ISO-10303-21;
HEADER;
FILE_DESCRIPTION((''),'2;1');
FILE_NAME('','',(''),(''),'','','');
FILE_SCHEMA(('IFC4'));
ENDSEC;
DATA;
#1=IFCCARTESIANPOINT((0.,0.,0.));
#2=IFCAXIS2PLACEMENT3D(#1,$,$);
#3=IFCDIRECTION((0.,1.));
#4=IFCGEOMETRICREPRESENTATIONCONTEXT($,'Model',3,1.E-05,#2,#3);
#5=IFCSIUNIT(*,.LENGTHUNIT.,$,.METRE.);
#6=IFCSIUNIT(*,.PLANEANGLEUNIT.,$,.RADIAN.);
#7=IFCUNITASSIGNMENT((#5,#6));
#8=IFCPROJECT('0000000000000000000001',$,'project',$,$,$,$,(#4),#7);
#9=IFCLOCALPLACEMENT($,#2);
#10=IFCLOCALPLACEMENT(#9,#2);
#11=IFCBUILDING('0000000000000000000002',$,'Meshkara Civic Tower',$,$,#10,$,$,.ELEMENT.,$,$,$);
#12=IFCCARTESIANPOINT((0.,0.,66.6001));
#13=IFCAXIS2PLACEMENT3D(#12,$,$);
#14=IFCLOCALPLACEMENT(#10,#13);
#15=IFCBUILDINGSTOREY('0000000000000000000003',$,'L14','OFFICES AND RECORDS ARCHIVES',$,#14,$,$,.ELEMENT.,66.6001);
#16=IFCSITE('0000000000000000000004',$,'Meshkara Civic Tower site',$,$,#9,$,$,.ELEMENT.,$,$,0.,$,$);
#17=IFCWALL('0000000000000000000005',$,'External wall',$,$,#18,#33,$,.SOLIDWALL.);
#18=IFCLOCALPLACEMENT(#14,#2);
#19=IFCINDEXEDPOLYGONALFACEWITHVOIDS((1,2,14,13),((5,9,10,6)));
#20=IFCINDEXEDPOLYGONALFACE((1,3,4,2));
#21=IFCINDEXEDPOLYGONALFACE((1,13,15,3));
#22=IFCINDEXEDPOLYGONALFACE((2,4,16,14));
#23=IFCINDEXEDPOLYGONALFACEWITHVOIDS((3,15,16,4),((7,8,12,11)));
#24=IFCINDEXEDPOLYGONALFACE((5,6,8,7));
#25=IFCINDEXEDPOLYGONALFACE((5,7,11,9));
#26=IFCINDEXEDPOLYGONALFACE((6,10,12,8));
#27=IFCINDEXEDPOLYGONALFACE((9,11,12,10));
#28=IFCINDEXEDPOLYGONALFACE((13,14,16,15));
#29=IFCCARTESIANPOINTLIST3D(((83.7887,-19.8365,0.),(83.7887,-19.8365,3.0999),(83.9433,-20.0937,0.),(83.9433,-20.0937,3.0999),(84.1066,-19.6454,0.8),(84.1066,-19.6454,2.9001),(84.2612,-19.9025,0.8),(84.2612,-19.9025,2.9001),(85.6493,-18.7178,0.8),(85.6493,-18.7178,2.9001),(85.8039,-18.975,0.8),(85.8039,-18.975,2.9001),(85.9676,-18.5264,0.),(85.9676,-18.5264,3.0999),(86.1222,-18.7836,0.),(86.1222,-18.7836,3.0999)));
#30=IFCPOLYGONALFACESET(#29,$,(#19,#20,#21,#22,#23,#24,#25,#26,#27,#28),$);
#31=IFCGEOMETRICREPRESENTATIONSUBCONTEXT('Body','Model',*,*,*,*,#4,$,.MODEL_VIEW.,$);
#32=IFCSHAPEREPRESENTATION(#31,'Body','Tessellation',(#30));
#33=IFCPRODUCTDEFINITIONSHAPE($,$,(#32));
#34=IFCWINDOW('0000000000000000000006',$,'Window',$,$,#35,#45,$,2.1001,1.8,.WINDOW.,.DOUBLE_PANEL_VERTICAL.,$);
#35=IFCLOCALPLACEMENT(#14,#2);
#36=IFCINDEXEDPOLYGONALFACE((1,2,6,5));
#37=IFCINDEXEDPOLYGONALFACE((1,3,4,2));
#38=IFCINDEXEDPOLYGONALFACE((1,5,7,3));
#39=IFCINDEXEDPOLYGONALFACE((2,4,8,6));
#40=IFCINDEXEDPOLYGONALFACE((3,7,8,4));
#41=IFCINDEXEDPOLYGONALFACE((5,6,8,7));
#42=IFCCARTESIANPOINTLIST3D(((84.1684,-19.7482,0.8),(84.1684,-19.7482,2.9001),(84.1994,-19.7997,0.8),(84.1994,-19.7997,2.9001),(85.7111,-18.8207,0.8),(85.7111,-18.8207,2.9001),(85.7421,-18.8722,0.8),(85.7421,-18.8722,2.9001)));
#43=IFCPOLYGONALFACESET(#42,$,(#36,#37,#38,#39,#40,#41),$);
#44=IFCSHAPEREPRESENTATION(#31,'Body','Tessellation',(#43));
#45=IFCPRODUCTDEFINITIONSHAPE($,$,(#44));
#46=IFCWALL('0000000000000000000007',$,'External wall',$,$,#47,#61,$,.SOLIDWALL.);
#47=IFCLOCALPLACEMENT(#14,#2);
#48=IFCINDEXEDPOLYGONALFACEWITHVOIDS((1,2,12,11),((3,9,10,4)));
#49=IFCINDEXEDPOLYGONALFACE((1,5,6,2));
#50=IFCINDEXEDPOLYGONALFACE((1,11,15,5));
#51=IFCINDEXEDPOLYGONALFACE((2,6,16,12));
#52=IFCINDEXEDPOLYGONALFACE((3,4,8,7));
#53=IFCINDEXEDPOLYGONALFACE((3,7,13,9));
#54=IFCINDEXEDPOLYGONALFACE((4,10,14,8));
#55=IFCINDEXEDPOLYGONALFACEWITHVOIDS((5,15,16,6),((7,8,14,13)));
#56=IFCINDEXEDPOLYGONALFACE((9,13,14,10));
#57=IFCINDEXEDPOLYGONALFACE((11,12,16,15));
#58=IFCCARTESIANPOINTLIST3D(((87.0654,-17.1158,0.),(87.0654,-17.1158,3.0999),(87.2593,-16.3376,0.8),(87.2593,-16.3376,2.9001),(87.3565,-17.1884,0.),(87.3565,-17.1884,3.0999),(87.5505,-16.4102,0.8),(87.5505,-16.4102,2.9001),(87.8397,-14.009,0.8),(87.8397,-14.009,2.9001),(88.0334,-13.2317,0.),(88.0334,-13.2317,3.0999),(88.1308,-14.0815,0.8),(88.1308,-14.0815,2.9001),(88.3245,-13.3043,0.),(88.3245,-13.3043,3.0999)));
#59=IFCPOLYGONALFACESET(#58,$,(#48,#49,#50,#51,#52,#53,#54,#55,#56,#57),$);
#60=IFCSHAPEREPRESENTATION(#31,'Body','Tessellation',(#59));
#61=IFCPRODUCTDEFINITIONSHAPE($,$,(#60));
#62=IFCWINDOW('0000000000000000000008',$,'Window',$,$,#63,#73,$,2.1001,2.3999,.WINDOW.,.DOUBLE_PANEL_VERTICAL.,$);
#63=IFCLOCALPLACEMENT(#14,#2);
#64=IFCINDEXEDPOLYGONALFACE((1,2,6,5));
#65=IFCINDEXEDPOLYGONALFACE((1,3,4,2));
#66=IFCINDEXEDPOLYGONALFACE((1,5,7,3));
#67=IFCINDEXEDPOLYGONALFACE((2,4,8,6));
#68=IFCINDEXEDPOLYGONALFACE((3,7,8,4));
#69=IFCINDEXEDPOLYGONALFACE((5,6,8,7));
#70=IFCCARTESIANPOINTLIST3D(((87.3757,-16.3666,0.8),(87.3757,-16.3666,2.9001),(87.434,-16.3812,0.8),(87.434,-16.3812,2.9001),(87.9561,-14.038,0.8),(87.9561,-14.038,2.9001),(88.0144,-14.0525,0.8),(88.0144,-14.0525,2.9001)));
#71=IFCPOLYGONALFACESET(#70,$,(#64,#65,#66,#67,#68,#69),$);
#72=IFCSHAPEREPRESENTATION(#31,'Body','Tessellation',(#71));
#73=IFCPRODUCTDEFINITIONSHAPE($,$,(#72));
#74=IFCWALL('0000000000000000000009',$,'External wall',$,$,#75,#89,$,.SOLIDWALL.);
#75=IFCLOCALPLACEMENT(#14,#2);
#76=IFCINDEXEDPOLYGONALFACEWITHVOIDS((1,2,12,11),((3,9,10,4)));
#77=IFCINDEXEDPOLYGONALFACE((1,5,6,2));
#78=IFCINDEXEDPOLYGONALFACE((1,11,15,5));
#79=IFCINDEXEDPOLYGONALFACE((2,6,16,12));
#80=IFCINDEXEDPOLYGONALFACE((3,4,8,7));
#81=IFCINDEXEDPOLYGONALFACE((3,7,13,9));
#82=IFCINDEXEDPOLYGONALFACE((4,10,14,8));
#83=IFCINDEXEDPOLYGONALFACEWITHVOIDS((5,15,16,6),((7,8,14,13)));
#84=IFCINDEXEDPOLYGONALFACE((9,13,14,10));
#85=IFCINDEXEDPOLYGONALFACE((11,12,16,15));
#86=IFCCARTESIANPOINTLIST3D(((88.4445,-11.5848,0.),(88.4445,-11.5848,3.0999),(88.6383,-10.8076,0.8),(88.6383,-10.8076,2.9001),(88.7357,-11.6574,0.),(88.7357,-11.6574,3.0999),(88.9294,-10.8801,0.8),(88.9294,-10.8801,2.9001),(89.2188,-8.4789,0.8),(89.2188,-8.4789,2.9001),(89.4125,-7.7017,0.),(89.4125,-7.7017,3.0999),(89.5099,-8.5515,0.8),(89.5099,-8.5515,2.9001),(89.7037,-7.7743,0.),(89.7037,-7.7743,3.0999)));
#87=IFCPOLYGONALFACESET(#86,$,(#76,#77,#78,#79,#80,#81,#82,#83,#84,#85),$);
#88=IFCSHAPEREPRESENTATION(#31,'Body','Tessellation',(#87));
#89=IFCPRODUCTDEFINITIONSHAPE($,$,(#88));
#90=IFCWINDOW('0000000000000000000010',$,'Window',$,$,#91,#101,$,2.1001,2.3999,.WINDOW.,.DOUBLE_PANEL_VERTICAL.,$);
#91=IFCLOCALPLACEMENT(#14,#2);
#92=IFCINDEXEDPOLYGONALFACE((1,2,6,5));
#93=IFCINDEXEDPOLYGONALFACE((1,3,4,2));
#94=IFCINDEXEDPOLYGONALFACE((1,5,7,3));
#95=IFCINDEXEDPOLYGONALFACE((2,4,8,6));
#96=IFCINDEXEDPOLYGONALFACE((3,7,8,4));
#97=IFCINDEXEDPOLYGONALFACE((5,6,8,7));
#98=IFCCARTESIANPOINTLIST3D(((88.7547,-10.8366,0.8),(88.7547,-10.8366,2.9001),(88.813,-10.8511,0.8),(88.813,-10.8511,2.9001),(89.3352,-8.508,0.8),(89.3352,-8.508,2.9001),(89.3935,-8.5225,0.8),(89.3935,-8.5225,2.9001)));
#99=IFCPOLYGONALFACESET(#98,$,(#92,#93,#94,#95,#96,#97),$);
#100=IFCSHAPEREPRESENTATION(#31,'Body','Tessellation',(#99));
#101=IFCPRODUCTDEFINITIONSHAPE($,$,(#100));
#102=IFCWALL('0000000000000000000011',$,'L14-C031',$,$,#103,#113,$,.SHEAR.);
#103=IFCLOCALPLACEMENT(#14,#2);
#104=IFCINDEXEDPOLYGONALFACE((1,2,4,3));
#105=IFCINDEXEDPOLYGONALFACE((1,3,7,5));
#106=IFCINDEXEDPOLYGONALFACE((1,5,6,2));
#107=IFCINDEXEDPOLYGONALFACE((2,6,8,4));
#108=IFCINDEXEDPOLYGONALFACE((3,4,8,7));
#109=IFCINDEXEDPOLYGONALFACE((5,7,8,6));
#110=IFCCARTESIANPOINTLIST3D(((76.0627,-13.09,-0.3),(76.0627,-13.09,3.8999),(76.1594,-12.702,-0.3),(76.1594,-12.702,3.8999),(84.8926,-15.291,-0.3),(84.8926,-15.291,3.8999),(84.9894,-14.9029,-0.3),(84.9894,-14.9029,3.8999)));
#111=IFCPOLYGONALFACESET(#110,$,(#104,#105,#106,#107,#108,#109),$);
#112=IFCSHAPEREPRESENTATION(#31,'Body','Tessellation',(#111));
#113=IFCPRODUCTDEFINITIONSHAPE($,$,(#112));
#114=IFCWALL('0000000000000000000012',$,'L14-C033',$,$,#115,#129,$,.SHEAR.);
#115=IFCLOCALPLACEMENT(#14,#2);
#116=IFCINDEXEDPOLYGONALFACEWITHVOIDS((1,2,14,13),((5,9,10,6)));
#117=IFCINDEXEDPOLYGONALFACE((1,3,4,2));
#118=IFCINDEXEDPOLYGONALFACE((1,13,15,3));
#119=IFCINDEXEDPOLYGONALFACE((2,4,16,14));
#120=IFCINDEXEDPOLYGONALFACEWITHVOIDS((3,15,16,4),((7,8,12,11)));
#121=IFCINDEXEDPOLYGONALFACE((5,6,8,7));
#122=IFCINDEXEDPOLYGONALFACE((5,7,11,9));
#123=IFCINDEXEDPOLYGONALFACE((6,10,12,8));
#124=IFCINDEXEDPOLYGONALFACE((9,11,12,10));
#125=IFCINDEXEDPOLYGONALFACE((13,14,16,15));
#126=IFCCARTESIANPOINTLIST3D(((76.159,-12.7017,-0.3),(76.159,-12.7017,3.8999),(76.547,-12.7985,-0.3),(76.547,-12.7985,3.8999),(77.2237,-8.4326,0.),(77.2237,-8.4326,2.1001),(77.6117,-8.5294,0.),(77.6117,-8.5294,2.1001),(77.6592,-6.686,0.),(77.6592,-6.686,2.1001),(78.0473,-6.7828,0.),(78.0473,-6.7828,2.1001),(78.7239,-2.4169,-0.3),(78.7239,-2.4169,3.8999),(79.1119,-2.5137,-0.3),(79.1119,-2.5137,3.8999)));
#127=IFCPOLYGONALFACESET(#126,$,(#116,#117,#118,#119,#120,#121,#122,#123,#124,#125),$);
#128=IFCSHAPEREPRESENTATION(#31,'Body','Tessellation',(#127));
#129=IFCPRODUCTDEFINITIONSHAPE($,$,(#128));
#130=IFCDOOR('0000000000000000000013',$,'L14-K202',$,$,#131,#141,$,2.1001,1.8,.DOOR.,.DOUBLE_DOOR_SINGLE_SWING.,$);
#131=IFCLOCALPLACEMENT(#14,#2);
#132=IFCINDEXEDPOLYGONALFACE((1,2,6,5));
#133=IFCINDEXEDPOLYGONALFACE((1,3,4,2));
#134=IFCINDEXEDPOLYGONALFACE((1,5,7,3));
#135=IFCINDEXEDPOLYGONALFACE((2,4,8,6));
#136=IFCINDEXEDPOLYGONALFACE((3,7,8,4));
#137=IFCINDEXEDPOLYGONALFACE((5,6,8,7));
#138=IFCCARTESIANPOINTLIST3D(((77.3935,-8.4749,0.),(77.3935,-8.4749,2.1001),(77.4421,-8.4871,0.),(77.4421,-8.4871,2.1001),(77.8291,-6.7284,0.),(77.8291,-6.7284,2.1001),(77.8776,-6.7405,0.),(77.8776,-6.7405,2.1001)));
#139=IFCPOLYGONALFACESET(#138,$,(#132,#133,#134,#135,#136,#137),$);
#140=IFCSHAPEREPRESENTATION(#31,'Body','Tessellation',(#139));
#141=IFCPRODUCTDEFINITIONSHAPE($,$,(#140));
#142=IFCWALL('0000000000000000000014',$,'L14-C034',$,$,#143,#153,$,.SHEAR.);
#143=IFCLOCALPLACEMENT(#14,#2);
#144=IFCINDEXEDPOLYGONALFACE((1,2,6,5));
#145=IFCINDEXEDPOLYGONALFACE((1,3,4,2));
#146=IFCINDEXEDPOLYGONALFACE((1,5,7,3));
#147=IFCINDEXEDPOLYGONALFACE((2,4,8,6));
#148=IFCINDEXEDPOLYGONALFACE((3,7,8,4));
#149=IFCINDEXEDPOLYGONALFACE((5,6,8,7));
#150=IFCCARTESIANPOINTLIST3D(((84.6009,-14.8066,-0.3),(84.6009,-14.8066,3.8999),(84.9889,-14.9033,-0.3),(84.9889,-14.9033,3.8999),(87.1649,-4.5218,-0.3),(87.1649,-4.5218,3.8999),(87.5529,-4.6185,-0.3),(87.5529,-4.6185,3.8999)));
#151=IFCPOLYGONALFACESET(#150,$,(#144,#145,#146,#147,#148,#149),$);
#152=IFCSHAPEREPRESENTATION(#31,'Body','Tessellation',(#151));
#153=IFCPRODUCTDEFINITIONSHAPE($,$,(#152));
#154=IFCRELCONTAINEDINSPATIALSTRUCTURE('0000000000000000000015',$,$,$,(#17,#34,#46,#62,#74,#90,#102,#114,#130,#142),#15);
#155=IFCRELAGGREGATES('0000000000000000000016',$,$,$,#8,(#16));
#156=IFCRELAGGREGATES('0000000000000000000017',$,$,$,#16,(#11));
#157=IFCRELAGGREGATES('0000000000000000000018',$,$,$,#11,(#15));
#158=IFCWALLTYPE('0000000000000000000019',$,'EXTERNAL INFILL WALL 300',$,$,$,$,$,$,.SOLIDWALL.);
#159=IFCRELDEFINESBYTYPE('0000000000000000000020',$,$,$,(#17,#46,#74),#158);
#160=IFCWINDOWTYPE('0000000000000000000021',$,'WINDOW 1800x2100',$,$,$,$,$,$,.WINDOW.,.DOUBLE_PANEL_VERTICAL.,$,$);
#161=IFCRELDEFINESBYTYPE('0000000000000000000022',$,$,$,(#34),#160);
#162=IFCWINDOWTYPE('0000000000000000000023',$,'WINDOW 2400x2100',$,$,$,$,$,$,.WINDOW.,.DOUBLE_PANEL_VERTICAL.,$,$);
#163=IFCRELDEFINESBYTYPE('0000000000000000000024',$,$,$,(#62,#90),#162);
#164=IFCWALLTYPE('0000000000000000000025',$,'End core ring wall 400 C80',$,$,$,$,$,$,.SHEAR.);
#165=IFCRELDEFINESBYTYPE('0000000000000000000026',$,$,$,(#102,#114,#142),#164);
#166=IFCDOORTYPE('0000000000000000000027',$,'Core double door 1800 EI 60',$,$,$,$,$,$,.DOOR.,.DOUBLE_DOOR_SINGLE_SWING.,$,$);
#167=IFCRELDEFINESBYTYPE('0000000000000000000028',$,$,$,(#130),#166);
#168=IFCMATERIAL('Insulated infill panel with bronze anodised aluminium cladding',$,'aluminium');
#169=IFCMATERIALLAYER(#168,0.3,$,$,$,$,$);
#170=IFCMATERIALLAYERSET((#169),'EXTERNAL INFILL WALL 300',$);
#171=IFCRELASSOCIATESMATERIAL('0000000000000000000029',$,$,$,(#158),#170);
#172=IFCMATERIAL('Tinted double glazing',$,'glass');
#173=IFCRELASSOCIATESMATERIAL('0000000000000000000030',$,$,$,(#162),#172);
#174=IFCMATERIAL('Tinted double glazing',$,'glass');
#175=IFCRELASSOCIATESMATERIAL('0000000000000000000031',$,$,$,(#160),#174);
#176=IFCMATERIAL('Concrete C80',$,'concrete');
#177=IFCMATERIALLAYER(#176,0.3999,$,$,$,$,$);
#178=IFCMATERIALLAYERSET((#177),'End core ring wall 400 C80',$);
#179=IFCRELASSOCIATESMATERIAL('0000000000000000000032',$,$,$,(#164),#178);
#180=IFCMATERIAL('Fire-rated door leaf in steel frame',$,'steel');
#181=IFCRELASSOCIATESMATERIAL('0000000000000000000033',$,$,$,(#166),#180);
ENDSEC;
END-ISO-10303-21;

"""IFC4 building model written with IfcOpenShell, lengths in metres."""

from ifc_helpers import new_model, si_unit, direction, frame, frame_2d, origin, place, context, subcontext, project, spatial, rectangle, extrude, material, layer, layer_set, type_object, element, fill, save


model = new_model("IFC4")

# Units and contexts
model_context = context("Model", 3, precision=1e-05, world=origin(), true_north=direction((0.0, 1.0)))
body_context = subcontext(model_context, "Body", "Model", "MODEL_VIEW")
ifc_project = project(units=[si_unit("LENGTHUNIT", "METRE"), si_unit("PLANEANGLEUNIT", "RADIAN")], contexts=[model_context])

# Site, building, storey
site_placement = place(None, origin())
site = spatial("IfcSite", under=ifc_project, at=site_placement, Name="Meshkara Civic Tower site", CompositionType="ELEMENT", RefElevation=0.0)
building_placement = place(site_placement, origin())
building = spatial("IfcBuilding", under=site, at=building_placement, Name="Meshkara Civic Tower", CompositionType="ELEMENT")
storey_placement = place(building_placement, frame((0.0, 0.0, 66.6001)))
storey = spatial("IfcBuildingStorey", under=building, at=storey_placement, Name="L14", Description="OFFICES AND RECORDS ARCHIVES", CompositionType="ELEMENT", Elevation=66.6001)

# Walls, openings, windows
ifc_material_1 = material(Name="Insulated infill panel with bronze anodised aluminium cladding", Category="aluminium")
ifc_layer_1 = layer(ifc_material_1, 0.3)
ifc_layer_set_1 = layer_set([ifc_layer_1], Name="EXTERNAL INFILL WALL 300")
wall_type_1 = type_object("IfcWallType", Name="EXTERNAL INFILL WALL 300", PredefinedType="SOLIDWALL", material=ifc_layer_set_1)
ifc_material_2 = material(Name="Tinted double glazing", Category="glass")
window_type_1 = type_object("IfcWindowType", Name="WINDOW 2400x2100", PartitioningType="DOUBLE_PANEL_VERTICAL", PredefinedType="WINDOW", material=ifc_material_2)
wall_1_placement = place(storey_placement, frame((83.866, -19.9651, 0.0), z_axis=(0.0, 0.0, 1.0), x_axis=(0.857027, 0.515272, 0.0)))
wall_1 = element("IfcWall", 1, at=wall_1_placement, inside=storey, type_object=wall_type_1, Name="External wall", PredefinedType="SOLIDWALL", context=body_context, shape_type="SweptSolid", body=[
    extrude(rectangle(XDim=2.5425, YDim=0.3, at=frame_2d((1.2712, 0.0))), origin(), (0.0, 0.0, 1.0), 3.0999),
])
opening_1_placement = place(wall_1_placement, frame((0.3711, 0.0, 0.8)))
opening_1 = element("IfcOpeningElement", 2, at=opening_1_placement, cuts=wall_1, PredefinedType="OPENING", context=body_context, shape_type="SweptSolid", body=[
    extrude(rectangle(XDim=1.8, YDim=2.1001, at=frame_2d((0.8999, 1.05))), frame((0.0, 0.1599, 0.0), z_axis=(0.0, -1.0, 0.0), x_axis=(1.0, 0.0, 0.0)), (0.0, 0.0, 1.0), 0.3201),
])
ifc_material_3 = material(Name="Tinted double glazing", Category="glass")
window_type_2 = type_object("IfcWindowType", Name="WINDOW 1800x2100", PartitioningType="DOUBLE_PANEL_VERTICAL", PredefinedType="WINDOW", material=ifc_material_3)
window_1_placement = place(opening_1_placement, origin())
window_1 = element("IfcWindow", 3, at=window_1_placement, inside=storey, type_object=window_type_2, Name="Window", OverallHeight=2.1001, OverallWidth=1.8, PartitioningType="DOUBLE_PANEL_VERTICAL", PredefinedType="WINDOW", context=body_context, shape_type="SweptSolid", body=[
    extrude(rectangle(XDim=1.8, YDim=2.1001, at=frame_2d((0.8999, 1.05))), frame((0.0, 0.03, 0.0), z_axis=(0.0, -1.0, 0.0), x_axis=(1.0, 0.0, 0.0)), (0.0, 0.0, 1.0), 0.0601),
])
fill(opening_1, window_1)
wall_2_placement = place(storey_placement, frame((87.2109, -17.1521, 0.0), z_axis=(0.0, 0.0, 1.0), x_axis=(0.241832, 0.970318, 0.0)))
wall_2 = element("IfcWall", 4, at=wall_2_placement, inside=storey, type_object=wall_type_1, Name="External wall", PredefinedType="SOLIDWALL", context=body_context, shape_type="SweptSolid", body=[
    extrude(rectangle(XDim=4.0029, YDim=0.3, at=frame_2d((2.0015, 0.0))), origin(), (0.0, 0.0, 1.0), 3.0999),
])
opening_2_placement = place(wall_2_placement, frame((0.802, 0.0, 0.8)))
opening_2 = element("IfcOpeningElement", 5, at=opening_2_placement, cuts=wall_2, PredefinedType="OPENING", context=body_context, shape_type="SweptSolid", body=[
    extrude(rectangle(XDim=2.3999, YDim=2.1001, at=frame_2d((1.2, 1.05))), frame((0.0, 0.1599, 0.0), z_axis=(0.0, -1.0, 0.0), x_axis=(1.0, 0.0, 0.0)), (0.0, 0.0, 1.0), 0.3201),
])
window_2_placement = place(opening_2_placement, origin())
window_2 = element("IfcWindow", 6, at=window_2_placement, inside=storey, type_object=window_type_1, Name="Window", OverallHeight=2.1001, OverallWidth=2.3999, PartitioningType="DOUBLE_PANEL_VERTICAL", PredefinedType="WINDOW", context=body_context, shape_type="SweptSolid", body=[
    extrude(rectangle(XDim=2.3999, YDim=2.1001, at=frame_2d((1.2, 1.05))), frame((0.0, 0.03, 0.0), z_axis=(0.0, -1.0, 0.0), x_axis=(1.0, 0.0, 0.0)), (0.0, 0.0, 1.0), 0.0601),
])
fill(opening_2, window_2)
wall_3_placement = place(storey_placement, frame((88.5901, -11.6211, 0.0), z_axis=(0.0, 0.0, 1.0), x_axis=(0.24189, 0.970304, 0.0)))
wall_3 = element("IfcWall", 7, at=wall_3_placement, inside=storey, type_object=wall_type_1, Name="External wall", PredefinedType="SOLIDWALL", context=body_context, shape_type="SweptSolid", body=[
    extrude(rectangle(XDim=4.002, YDim=0.3, at=frame_2d((2.001, 0.0))), origin(), (0.0, 0.0, 1.0), 3.0999),
])
opening_3_placement = place(wall_3_placement, frame((0.801, 0.0, 0.8)))
opening_3 = element("IfcOpeningElement", 8, at=opening_3_placement, cuts=wall_3, PredefinedType="OPENING", context=body_context, shape_type="SweptSolid", body=[
    extrude(rectangle(XDim=2.3999, YDim=2.1001, at=frame_2d((1.2, 1.05))), frame((0.0, 0.1599, 0.0), z_axis=(0.0, -1.0, 0.0), x_axis=(1.0, 0.0, 0.0)), (0.0, 0.0, 1.0), 0.3201),
])
window_3_placement = place(opening_3_placement, origin())
window_3 = element("IfcWindow", 9, at=window_3_placement, inside=storey, type_object=window_type_1, Name="Window", OverallHeight=2.1001, OverallWidth=2.3999, PartitioningType="DOUBLE_PANEL_VERTICAL", PredefinedType="WINDOW", context=body_context, shape_type="SweptSolid", body=[
    extrude(rectangle(XDim=2.3999, YDim=2.1001, at=frame_2d((1.2, 1.05))), frame((0.0, 0.03, 0.0), z_axis=(0.0, -1.0, 0.0), x_axis=(1.0, 0.0, 0.0)), (0.0, 0.0, 1.0), 0.0601),
])
fill(opening_3, window_3)

# Wall
ifc_material_4 = material(Name="Concrete C80", Category="concrete")
ifc_layer_2 = layer(ifc_material_4, 0.3999)
ifc_layer_set_2 = layer_set([ifc_layer_2], Name="End core ring wall 400 C80")
wall_type_2 = type_object("IfcWallType", Name="End core ring wall 400 C80", PredefinedType="SHEAR", material=ifc_layer_set_2)
wall_4_placement = place(storey_placement, frame((76.1111, -12.896, -0.3), z_axis=(0.0, 0.0, 1.0), x_axis=(0.970311, -0.24186, 0.0)))
element("IfcWall", 10, at=wall_4_placement, inside=storey, type_object=wall_type_2, Name="L14-C031", PredefinedType="SHEAR", context=body_context, shape_type="SweptSolid", body=[
    extrude(rectangle(XDim=9.1001, YDim=0.3999, at=frame_2d((4.55, 0.0))), origin(), (0.0, 0.0, 1.0), 4.2),
])

# Wall, opening, door
wall_5_placement = place(storey_placement, frame((76.353, -12.75, -0.3), z_axis=(0.0, 0.0, 1.0), x_axis=(0.241977, 0.970282, 0.0)))
wall_5 = element("IfcWall", 11, at=wall_5_placement, inside=storey, type_object=wall_type_2, Name="L14-C033", PredefinedType="SHEAR", context=body_context, shape_type="SweptSolid", body=[
    extrude(rectangle(XDim=10.5999, YDim=0.3999, at=frame_2d((5.2998, 0.0))), origin(), (0.0, 0.0, 1.0), 4.2),
])
opening_4_placement = place(wall_5_placement, frame((4.3999, 0.0, 0.3)))
opening_4 = element("IfcOpeningElement", 12, at=opening_4_placement, cuts=wall_5, PredefinedType="OPENING", context=body_context, shape_type="SweptSolid", body=[
    extrude(rectangle(XDim=1.8, YDim=2.1001, at=frame_2d((0.8999, 1.05))), frame((0.0, 0.21, 0.0), z_axis=(0.0, -1.0, 0.0), x_axis=(1.0, 0.0, 0.0)), (0.0, 0.0, 1.0), 0.4199),
])
ifc_material_5 = material(Name="Fire-rated door leaf in steel frame", Category="steel")
door_type_1 = type_object("IfcDoorType", Name="Core double door 1800 EI 60", OperationType="DOUBLE_DOOR_SINGLE_SWING", PredefinedType="DOOR", material=ifc_material_5)
door_1_placement = place(opening_4_placement, origin())
door_1 = element("IfcDoor", 13, at=door_1_placement, inside=storey, type_object=door_type_1, Name="L14-K202", OperationType="DOUBLE_DOOR_SINGLE_SWING", OverallHeight=2.1001, OverallWidth=1.8, PredefinedType="DOOR", context=body_context, shape_type="SweptSolid", body=[
    extrude(rectangle(XDim=1.8, YDim=2.1001, at=frame_2d((0.8999, 1.05))), frame((0.0, 0.0249, 0.0), z_axis=(0.0, -1.0, 0.0), x_axis=(1.0, 0.0, 0.0)), (0.0, 0.0, 1.0), 0.05),
])
fill(opening_4, door_1)

# Wall
wall_6_placement = place(storey_placement, frame((84.7949, -14.855, -0.3), z_axis=(0.0, 0.0, 1.0), x_axis=(0.241891, 0.970304, 0.0)))
element("IfcWall", 14, at=wall_6_placement, inside=storey, type_object=wall_type_2, Name="L14-C034", PredefinedType="SHEAR", context=body_context, shape_type="SweptSolid", body=[
    extrude(rectangle(XDim=10.5996, YDim=0.3999, at=frame_2d((5.2998, 0.0))), origin(), (0.0, 0.0, 1.0), 4.2),
])

save(model, "model.ifc")
